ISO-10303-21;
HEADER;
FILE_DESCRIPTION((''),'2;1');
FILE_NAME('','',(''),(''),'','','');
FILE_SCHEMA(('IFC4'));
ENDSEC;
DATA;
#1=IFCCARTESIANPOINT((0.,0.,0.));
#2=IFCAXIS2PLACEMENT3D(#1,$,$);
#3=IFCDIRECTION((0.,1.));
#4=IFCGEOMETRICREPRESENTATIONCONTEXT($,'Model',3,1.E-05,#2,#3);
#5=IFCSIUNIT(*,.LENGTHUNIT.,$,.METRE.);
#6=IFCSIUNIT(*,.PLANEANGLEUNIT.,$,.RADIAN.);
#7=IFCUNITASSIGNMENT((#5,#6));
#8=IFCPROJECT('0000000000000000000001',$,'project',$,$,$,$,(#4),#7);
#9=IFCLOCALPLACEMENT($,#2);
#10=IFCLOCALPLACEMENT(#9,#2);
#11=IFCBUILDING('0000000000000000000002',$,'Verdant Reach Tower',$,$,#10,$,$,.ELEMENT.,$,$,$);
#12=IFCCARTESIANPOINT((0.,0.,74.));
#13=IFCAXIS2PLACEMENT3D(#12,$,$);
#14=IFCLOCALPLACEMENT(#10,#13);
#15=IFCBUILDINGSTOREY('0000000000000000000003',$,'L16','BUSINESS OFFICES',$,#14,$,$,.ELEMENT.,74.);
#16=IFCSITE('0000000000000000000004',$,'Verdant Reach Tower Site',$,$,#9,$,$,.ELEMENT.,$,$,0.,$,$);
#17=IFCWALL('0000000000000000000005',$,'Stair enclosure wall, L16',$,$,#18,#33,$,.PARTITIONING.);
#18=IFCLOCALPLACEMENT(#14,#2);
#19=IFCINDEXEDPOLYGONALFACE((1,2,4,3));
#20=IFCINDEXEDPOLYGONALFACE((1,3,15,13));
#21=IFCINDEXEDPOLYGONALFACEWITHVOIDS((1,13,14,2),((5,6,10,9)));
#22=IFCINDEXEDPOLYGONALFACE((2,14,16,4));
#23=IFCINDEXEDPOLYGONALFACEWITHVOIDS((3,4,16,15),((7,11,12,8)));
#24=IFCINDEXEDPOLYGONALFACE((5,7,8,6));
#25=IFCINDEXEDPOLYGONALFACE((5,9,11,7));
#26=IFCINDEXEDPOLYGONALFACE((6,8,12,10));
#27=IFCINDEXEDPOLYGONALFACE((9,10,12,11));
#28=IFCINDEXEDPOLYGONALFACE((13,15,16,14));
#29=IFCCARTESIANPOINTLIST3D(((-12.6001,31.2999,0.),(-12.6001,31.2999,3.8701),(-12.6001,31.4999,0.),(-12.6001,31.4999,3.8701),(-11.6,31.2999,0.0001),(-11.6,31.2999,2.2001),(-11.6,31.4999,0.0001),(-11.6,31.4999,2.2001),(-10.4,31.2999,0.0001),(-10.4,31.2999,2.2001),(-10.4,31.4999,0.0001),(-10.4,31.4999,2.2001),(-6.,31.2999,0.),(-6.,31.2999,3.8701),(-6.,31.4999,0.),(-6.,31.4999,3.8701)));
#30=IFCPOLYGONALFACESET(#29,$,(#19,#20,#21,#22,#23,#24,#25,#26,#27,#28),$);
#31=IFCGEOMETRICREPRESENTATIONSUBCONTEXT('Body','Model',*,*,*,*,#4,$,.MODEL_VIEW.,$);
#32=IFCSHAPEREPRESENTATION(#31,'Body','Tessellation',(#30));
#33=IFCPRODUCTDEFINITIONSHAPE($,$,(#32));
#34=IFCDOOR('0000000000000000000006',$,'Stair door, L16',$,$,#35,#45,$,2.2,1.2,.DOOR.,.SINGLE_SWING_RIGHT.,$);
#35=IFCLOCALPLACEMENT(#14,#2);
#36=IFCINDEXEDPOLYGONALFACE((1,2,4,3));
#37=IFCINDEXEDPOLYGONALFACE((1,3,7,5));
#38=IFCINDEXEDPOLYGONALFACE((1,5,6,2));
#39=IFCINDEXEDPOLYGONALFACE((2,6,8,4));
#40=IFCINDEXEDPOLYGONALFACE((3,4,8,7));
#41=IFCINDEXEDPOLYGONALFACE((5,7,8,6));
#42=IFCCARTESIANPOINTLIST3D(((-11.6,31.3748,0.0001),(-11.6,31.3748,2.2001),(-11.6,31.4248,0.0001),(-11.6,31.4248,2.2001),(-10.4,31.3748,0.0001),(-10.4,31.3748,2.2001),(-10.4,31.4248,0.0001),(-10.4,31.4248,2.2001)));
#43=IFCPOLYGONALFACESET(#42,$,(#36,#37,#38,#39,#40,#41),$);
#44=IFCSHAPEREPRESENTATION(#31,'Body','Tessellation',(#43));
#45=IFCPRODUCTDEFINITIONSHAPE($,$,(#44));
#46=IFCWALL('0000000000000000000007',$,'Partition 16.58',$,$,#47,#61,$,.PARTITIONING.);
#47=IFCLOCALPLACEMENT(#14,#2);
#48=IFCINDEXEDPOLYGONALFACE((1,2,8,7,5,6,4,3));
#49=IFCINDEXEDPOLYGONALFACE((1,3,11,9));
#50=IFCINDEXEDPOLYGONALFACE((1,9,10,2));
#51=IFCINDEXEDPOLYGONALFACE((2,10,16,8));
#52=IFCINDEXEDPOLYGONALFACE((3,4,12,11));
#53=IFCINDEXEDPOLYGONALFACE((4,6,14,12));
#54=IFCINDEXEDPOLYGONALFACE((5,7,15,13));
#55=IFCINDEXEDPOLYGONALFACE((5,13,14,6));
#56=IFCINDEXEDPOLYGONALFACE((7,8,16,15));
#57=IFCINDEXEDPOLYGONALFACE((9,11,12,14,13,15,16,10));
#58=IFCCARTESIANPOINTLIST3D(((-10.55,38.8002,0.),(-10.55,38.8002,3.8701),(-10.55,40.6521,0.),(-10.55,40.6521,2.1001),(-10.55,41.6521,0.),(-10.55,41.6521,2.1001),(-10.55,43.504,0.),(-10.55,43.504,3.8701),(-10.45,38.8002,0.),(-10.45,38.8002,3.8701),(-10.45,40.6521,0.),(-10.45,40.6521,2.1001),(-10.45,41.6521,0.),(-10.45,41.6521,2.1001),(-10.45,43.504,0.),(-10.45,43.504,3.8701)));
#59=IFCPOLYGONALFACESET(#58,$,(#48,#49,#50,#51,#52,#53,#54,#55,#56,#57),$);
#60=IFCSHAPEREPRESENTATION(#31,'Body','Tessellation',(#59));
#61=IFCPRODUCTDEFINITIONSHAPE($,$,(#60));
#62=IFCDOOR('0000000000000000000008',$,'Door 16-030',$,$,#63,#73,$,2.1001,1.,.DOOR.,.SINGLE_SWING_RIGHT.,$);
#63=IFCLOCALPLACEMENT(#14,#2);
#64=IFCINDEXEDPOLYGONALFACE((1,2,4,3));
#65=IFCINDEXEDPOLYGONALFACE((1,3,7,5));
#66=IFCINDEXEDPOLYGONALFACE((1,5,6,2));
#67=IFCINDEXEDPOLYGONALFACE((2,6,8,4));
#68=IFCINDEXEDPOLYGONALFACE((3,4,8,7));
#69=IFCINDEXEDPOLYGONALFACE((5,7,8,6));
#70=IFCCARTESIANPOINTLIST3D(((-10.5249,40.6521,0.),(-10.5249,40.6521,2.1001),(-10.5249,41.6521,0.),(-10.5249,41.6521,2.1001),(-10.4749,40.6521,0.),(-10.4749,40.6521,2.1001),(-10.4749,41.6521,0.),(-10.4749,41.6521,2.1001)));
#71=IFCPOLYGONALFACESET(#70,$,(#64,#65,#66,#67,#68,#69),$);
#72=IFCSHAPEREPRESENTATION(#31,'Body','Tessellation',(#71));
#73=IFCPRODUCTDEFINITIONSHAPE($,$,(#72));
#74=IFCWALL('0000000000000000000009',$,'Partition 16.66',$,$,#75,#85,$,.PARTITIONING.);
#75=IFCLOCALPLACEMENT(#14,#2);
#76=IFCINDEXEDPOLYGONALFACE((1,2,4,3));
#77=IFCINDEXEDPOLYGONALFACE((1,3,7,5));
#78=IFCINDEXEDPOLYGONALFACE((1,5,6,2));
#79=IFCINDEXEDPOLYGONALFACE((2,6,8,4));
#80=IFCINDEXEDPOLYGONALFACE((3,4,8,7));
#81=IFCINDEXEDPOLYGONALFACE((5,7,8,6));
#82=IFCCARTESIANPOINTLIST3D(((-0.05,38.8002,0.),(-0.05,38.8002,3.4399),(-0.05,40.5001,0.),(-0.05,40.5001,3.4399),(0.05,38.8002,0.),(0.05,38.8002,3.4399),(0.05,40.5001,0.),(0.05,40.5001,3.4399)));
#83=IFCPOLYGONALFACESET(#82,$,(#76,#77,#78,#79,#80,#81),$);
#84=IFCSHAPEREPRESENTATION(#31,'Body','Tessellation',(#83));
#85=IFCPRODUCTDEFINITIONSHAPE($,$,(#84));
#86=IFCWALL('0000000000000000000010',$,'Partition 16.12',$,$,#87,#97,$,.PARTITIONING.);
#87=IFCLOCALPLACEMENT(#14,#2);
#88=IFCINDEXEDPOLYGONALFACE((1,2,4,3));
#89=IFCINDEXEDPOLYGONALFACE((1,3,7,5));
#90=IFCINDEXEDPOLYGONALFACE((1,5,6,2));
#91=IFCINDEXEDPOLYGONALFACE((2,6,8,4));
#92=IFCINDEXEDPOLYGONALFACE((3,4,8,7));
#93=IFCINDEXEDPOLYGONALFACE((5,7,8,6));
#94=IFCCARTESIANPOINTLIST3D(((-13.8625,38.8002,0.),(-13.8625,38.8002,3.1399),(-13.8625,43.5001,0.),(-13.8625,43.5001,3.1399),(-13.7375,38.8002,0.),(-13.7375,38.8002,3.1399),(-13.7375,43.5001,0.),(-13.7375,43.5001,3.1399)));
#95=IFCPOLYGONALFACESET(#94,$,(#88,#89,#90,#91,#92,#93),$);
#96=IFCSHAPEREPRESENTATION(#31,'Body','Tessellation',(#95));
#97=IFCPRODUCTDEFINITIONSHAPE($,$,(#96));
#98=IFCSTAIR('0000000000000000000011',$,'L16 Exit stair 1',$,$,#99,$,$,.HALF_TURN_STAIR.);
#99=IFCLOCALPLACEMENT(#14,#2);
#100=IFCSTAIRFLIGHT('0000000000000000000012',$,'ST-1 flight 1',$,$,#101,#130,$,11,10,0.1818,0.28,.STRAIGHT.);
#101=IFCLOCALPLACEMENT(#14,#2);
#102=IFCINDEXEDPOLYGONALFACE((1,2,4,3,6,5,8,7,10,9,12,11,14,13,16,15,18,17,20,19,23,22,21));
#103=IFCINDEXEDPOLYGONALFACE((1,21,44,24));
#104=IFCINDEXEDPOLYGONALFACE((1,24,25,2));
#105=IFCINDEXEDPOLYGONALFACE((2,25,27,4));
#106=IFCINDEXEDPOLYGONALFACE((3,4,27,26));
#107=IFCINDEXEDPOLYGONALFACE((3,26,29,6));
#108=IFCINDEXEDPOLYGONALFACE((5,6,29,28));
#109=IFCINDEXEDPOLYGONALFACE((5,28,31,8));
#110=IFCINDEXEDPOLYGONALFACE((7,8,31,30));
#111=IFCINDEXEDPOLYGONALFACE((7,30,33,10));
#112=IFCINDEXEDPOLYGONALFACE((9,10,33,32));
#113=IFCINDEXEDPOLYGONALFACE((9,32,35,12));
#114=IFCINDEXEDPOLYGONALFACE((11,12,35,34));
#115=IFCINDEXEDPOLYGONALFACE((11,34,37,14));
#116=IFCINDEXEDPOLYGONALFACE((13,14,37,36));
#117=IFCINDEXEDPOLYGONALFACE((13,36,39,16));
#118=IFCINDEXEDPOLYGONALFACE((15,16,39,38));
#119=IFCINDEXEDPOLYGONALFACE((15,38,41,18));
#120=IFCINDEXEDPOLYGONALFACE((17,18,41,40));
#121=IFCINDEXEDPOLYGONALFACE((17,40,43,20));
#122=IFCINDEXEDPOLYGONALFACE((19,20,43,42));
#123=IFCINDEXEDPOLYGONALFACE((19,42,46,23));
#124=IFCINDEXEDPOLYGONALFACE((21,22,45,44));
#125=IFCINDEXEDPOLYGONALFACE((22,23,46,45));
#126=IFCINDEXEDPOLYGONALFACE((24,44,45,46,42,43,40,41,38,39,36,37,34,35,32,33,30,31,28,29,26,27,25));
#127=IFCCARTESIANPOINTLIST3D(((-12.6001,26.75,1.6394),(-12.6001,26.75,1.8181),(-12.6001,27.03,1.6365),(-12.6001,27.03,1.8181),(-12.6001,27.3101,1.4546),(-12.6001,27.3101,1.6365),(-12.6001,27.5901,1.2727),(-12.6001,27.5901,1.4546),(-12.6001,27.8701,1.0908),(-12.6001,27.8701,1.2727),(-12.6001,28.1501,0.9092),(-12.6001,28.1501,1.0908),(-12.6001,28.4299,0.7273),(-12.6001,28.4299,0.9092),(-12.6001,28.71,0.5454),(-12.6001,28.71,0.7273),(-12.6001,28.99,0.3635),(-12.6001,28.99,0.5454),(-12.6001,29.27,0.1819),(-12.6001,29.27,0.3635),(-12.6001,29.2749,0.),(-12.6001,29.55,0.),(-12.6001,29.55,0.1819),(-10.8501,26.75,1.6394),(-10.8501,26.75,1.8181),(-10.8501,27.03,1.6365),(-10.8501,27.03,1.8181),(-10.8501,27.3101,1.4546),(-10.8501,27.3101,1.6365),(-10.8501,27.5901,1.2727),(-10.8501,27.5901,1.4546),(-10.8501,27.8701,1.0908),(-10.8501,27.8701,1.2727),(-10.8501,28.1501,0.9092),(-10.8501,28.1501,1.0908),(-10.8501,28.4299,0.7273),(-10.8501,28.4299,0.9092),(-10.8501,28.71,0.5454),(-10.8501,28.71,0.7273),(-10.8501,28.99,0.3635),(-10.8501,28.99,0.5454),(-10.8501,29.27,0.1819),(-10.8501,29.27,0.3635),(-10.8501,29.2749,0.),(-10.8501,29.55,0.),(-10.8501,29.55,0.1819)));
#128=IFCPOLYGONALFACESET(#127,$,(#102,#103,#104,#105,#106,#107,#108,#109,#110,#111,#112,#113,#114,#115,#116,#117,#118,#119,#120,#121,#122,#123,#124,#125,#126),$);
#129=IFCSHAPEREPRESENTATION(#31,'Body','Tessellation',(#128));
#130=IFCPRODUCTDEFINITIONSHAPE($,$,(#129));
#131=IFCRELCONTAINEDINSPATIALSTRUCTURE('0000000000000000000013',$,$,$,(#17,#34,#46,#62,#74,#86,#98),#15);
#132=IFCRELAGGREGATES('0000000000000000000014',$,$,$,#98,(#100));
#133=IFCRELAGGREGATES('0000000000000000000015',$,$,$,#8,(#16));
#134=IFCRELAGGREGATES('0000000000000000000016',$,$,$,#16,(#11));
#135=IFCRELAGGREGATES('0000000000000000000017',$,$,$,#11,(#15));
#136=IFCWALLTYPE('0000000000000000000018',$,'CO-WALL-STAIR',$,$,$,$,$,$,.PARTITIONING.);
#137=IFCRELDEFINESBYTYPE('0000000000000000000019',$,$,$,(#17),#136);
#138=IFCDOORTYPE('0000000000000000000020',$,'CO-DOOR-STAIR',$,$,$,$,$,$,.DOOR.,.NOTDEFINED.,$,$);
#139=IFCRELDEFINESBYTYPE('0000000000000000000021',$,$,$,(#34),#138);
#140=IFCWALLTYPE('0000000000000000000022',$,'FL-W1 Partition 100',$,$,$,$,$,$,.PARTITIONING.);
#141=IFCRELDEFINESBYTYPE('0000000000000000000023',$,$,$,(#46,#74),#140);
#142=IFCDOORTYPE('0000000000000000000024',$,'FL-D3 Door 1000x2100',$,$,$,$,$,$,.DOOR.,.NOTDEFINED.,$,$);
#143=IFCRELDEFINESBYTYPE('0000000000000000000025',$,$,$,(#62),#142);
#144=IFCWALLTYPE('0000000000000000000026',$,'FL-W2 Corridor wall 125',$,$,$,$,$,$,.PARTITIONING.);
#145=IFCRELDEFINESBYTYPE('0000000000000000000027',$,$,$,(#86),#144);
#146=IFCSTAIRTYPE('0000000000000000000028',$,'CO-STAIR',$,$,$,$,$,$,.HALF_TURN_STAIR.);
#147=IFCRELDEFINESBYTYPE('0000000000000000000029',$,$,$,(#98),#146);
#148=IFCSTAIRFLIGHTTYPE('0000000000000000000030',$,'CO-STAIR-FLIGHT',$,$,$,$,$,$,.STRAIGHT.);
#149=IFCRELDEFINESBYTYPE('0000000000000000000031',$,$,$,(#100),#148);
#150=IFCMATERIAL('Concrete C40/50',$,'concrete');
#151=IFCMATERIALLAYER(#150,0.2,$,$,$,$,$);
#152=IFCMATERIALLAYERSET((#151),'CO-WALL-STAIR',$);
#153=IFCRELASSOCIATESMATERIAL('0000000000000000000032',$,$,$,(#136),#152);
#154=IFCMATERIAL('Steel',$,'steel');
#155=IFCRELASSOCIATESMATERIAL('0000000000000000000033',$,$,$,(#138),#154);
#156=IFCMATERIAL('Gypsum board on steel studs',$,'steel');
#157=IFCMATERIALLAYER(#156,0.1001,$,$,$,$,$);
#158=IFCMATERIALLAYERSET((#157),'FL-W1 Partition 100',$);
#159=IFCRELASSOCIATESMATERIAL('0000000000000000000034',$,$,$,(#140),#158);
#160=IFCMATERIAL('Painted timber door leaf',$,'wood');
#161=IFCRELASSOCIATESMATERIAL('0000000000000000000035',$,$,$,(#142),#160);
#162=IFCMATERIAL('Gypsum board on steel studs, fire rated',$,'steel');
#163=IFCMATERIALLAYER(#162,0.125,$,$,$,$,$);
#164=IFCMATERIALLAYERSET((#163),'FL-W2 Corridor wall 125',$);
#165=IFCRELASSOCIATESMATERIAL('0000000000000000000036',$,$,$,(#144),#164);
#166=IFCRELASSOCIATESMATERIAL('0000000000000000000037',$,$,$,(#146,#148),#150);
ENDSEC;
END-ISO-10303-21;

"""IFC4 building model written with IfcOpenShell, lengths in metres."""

from ifc_helpers import new_model, si_unit, direction, frame, frame_2d, origin, place, context, subcontext, project, spatial, polyline, rectangle, outline, extrude, material, layer, layer_set, type_object, element, fill, aggregate, save


model = new_model("IFC4")

# Units and contexts
model_context = context("Model", 3, precision=1e-05, world=origin(), true_north=direction((0.0, 1.0)))
body_context = subcontext(model_context, "Body", "Model", "MODEL_VIEW")
ifc_project = project(units=[si_unit("LENGTHUNIT", "METRE"), si_unit("PLANEANGLEUNIT", "RADIAN")], contexts=[model_context])

# Site, building, storey
site_placement = place(None, origin())
site = spatial("IfcSite", under=ifc_project, at=site_placement, Name="Verdant Reach Tower Site", CompositionType="ELEMENT", RefElevation=0.0)
building_placement = place(site_placement, origin())
building = spatial("IfcBuilding", under=site, at=building_placement, Name="Verdant Reach Tower", CompositionType="ELEMENT")
storey_placement = place(building_placement, frame((0.0, 0.0, 74.0)))
storey = spatial("IfcBuildingStorey", under=building, at=storey_placement, Name="L16", Description="BUSINESS OFFICES", CompositionType="ELEMENT", Elevation=74.0)

# Shared definitions
ifc_material_1 = material(Name="Concrete C40/50", Category="concrete")

# Shared definitions
ifc_material_2 = material(Name="Steel", Category="steel")

# Walls, openings, doors
ifc_layer_1 = layer(ifc_material_1, 0.2)
ifc_layer_set_1 = layer_set([ifc_layer_1], Name="CO-WALL-STAIR")
wall_type_1 = type_object("IfcWallType", Name="CO-WALL-STAIR", PredefinedType="PARTITIONING", material=ifc_layer_set_1)
wall_1_placement = place(storey_placement, frame((-12.6001, 31.3999, 0.0), z_axis=(0.0, 0.0, 1.0), x_axis=(1.0, 0.0, 0.0)))
wall_1 = element("IfcWall", 1, at=wall_1_placement, inside=storey, type_object=wall_type_1, Name="Stair enclosure wall, L16", PredefinedType="PARTITIONING", context=body_context, shape_type="SweptSolid", body=[
    extrude(rectangle(XDim=6.6001, YDim=0.2, at=frame_2d((3.3, 0.0))), origin(), (0.0, 0.0, 1.0), 3.8701),
])
opening_1_placement = place(wall_1_placement, frame((1.0, 0.0, 0.0)))
opening_1 = element("IfcOpeningElement", 2, at=opening_1_placement, cuts=wall_1, PredefinedType="OPENING", context=body_context, shape_type="SweptSolid", body=[
    extrude(rectangle(XDim=1.2, YDim=2.2, at=frame_2d((0.6001, 1.1001))), frame((0.0, 0.1099, 0.0), z_axis=(0.0, -1.0, 0.0), x_axis=(1.0, 0.0, 0.0)), (0.0, 0.0, 1.0), 0.22),
])
door_type_1 = type_object("IfcDoorType", Name="CO-DOOR-STAIR", OperationType="NOTDEFINED", PredefinedType="DOOR", material=ifc_material_2)
door_1_placement = place(opening_1_placement, origin())
door_1 = element("IfcDoor", 3, at=door_1_placement, inside=storey, type_object=door_type_1, Name="Stair door, L16", OperationType="SINGLE_SWING_RIGHT", OverallHeight=2.2, OverallWidth=1.2, PredefinedType="DOOR", context=body_context, shape_type="SweptSolid", body=[
    extrude(rectangle(XDim=1.2, YDim=2.2, at=frame_2d((0.6001, 1.1001))), frame((0.0, 0.0249, 0.0), z_axis=(0.0, -1.0, 0.0), x_axis=(1.0, 0.0, 0.0)), (0.0, 0.0, 1.0), 0.05),
])
fill(opening_1, door_1)
ifc_material_3 = material(Name="Gypsum board on steel studs", Category="steel")
ifc_layer_2 = layer(ifc_material_3, 0.1001)
ifc_layer_set_2 = layer_set([ifc_layer_2], Name="FL-W1 Partition 100")
wall_type_2 = type_object("IfcWallType", Name="FL-W1 Partition 100", PredefinedType="PARTITIONING", material=ifc_layer_set_2)
wall_2_placement = place(storey_placement, frame((-10.5, 38.8, 0.0), z_axis=(0.0, 0.0, 1.0), x_axis=(0.0, 1.0, 0.0)))
wall_2 = element("IfcWall", 4, at=wall_2_placement, inside=storey, type_object=wall_type_2, Name="Partition 16.58", PredefinedType="PARTITIONING", context=body_context, shape_type="SweptSolid", body=[
    extrude(rectangle(XDim=4.7039, YDim=0.1001, at=frame_2d((2.3521, 0.0))), origin(), (0.0, 0.0, 1.0), 3.8701),
])
opening_2_placement = place(wall_2_placement, frame((1.8521, 0.0, 0.0)))
opening_2 = element("IfcOpeningElement", 5, at=opening_2_placement, cuts=wall_2, PredefinedType="OPENING", context=body_context, shape_type="SweptSolid", body=[
    extrude(rectangle(XDim=1.0, YDim=2.1001, at=frame_2d((0.5, 1.05))), frame((0.0, 0.0601, 0.0), z_axis=(0.0, -1.0, 0.0), x_axis=(1.0, 0.0, 0.0)), (0.0, 0.0, 1.0), 0.1201),
])
ifc_material_4 = material(Name="Painted timber door leaf", Category="wood")
door_type_2 = type_object("IfcDoorType", Name="FL-D3 Door 1000x2100", OperationType="NOTDEFINED", PredefinedType="DOOR", material=ifc_material_4)
door_2_placement = place(opening_2_placement, origin())
door_2 = element("IfcDoor", 6, at=door_2_placement, inside=storey, type_object=door_type_2, Name="Door 16-030", OperationType="SINGLE_SWING_RIGHT", OverallHeight=2.1001, OverallWidth=1.0, PredefinedType="DOOR", context=body_context, shape_type="SweptSolid", body=[
    extrude(rectangle(XDim=1.0, YDim=2.1001, at=frame_2d((0.5, 1.05))), frame((0.0, 0.0249, 0.0), z_axis=(0.0, -1.0, 0.0), x_axis=(1.0, 0.0, 0.0)), (0.0, 0.0, 1.0), 0.05),
])
fill(opening_2, door_2)

# Walls
wall_3_placement = place(storey_placement, frame((0.0, 38.8, 0.0), z_axis=(0.0, 0.0, 1.0), x_axis=(0.0, 1.0, 0.0)))
element("IfcWall", 7, at=wall_3_placement, inside=storey, type_object=wall_type_2, Name="Partition 16.66", PredefinedType="PARTITIONING", context=body_context, shape_type="SweptSolid", body=[
    extrude(rectangle(XDim=1.7, YDim=0.1001, at=frame_2d((0.8501, 0.0))), origin(), (0.0, 0.0, 1.0), 3.4399),
])
ifc_material_5 = material(Name="Gypsum board on steel studs, fire rated", Category="steel")
ifc_layer_3 = layer(ifc_material_5, 0.125)
ifc_layer_set_3 = layer_set([ifc_layer_3], Name="FL-W2 Corridor wall 125")
wall_type_3 = type_object("IfcWallType", Name="FL-W2 Corridor wall 125", PredefinedType="PARTITIONING", material=ifc_layer_set_3)
wall_4_placement = place(storey_placement, frame((-13.8, 38.8, 0.0), z_axis=(0.0, 0.0, 1.0), x_axis=(0.0, 1.0, 0.0)))
element("IfcWall", 8, at=wall_4_placement, inside=storey, type_object=wall_type_3, Name="Partition 16.12", PredefinedType="PARTITIONING", context=body_context, shape_type="SweptSolid", body=[
    extrude(rectangle(XDim=4.7, YDim=0.125, at=frame_2d((2.3501, 0.0))), origin(), (0.0, 0.0, 1.0), 3.1399),
])

# Stair, stair flight
stair_type = type_object("IfcStairType", Name="CO-STAIR", PredefinedType="HALF_TURN_STAIR", material=ifc_material_1)
stair_placement = place(storey_placement, origin())
stair = element("IfcStair", 9, at=stair_placement, inside=storey, type_object=stair_type, Name="L16 Exit stair 1", PredefinedType="HALF_TURN_STAIR")
stair_flight_type = type_object("IfcStairFlightType", Name="CO-STAIR-FLIGHT", PredefinedType="STRAIGHT", material=ifc_material_1)
stair_flight_placement = place(storey_placement, frame((-11.7251, 29.55, 0.0), z_axis=(0.0, 0.0, 1.0), x_axis=(0.0, -1.0, 0.0)))
stair_flight = element("IfcStairFlight", 10, at=stair_flight_placement, type_object=stair_flight_type, Name="ST-1 flight 1", NumberOfRisers=11, NumberOfTreads=10, PredefinedType="STRAIGHT", RiserHeight=0.1818, TreadLength=0.28, context=body_context, shape_type="SweptSolid", body=[
    extrude(outline(polyline([(0.0, 0.0), (0.0, 0.1819), (0.28, 0.1819), (0.28, 0.3635), (0.5601, 0.3635), (0.5601, 0.5454), (0.8401, 0.5454), (0.8401, 0.7273), (1.1201, 0.7273), (1.1201, 0.9092), (1.3999, 0.9092), (1.3999, 1.0908), (1.6799, 1.0908), (1.6799, 1.2727), (1.96, 1.2727), (1.96, 1.4546), (2.24, 1.4546), (2.24, 1.6365), (2.52, 1.6365), (2.52, 1.8181), (2.8, 1.8181), (2.8, 2.0), (2.8, 1.6394), (0.2751, 0.0), (0.0, 0.0)])), frame((0.0, 0.875, 0.0), z_axis=(0.0, -1.0, 0.0), x_axis=(1.0, 0.0, 0.0)), (0.0, 0.0, 1.0), 1.75),
])
aggregate(stair, [stair_flight])

save(model, "model.ifc")
